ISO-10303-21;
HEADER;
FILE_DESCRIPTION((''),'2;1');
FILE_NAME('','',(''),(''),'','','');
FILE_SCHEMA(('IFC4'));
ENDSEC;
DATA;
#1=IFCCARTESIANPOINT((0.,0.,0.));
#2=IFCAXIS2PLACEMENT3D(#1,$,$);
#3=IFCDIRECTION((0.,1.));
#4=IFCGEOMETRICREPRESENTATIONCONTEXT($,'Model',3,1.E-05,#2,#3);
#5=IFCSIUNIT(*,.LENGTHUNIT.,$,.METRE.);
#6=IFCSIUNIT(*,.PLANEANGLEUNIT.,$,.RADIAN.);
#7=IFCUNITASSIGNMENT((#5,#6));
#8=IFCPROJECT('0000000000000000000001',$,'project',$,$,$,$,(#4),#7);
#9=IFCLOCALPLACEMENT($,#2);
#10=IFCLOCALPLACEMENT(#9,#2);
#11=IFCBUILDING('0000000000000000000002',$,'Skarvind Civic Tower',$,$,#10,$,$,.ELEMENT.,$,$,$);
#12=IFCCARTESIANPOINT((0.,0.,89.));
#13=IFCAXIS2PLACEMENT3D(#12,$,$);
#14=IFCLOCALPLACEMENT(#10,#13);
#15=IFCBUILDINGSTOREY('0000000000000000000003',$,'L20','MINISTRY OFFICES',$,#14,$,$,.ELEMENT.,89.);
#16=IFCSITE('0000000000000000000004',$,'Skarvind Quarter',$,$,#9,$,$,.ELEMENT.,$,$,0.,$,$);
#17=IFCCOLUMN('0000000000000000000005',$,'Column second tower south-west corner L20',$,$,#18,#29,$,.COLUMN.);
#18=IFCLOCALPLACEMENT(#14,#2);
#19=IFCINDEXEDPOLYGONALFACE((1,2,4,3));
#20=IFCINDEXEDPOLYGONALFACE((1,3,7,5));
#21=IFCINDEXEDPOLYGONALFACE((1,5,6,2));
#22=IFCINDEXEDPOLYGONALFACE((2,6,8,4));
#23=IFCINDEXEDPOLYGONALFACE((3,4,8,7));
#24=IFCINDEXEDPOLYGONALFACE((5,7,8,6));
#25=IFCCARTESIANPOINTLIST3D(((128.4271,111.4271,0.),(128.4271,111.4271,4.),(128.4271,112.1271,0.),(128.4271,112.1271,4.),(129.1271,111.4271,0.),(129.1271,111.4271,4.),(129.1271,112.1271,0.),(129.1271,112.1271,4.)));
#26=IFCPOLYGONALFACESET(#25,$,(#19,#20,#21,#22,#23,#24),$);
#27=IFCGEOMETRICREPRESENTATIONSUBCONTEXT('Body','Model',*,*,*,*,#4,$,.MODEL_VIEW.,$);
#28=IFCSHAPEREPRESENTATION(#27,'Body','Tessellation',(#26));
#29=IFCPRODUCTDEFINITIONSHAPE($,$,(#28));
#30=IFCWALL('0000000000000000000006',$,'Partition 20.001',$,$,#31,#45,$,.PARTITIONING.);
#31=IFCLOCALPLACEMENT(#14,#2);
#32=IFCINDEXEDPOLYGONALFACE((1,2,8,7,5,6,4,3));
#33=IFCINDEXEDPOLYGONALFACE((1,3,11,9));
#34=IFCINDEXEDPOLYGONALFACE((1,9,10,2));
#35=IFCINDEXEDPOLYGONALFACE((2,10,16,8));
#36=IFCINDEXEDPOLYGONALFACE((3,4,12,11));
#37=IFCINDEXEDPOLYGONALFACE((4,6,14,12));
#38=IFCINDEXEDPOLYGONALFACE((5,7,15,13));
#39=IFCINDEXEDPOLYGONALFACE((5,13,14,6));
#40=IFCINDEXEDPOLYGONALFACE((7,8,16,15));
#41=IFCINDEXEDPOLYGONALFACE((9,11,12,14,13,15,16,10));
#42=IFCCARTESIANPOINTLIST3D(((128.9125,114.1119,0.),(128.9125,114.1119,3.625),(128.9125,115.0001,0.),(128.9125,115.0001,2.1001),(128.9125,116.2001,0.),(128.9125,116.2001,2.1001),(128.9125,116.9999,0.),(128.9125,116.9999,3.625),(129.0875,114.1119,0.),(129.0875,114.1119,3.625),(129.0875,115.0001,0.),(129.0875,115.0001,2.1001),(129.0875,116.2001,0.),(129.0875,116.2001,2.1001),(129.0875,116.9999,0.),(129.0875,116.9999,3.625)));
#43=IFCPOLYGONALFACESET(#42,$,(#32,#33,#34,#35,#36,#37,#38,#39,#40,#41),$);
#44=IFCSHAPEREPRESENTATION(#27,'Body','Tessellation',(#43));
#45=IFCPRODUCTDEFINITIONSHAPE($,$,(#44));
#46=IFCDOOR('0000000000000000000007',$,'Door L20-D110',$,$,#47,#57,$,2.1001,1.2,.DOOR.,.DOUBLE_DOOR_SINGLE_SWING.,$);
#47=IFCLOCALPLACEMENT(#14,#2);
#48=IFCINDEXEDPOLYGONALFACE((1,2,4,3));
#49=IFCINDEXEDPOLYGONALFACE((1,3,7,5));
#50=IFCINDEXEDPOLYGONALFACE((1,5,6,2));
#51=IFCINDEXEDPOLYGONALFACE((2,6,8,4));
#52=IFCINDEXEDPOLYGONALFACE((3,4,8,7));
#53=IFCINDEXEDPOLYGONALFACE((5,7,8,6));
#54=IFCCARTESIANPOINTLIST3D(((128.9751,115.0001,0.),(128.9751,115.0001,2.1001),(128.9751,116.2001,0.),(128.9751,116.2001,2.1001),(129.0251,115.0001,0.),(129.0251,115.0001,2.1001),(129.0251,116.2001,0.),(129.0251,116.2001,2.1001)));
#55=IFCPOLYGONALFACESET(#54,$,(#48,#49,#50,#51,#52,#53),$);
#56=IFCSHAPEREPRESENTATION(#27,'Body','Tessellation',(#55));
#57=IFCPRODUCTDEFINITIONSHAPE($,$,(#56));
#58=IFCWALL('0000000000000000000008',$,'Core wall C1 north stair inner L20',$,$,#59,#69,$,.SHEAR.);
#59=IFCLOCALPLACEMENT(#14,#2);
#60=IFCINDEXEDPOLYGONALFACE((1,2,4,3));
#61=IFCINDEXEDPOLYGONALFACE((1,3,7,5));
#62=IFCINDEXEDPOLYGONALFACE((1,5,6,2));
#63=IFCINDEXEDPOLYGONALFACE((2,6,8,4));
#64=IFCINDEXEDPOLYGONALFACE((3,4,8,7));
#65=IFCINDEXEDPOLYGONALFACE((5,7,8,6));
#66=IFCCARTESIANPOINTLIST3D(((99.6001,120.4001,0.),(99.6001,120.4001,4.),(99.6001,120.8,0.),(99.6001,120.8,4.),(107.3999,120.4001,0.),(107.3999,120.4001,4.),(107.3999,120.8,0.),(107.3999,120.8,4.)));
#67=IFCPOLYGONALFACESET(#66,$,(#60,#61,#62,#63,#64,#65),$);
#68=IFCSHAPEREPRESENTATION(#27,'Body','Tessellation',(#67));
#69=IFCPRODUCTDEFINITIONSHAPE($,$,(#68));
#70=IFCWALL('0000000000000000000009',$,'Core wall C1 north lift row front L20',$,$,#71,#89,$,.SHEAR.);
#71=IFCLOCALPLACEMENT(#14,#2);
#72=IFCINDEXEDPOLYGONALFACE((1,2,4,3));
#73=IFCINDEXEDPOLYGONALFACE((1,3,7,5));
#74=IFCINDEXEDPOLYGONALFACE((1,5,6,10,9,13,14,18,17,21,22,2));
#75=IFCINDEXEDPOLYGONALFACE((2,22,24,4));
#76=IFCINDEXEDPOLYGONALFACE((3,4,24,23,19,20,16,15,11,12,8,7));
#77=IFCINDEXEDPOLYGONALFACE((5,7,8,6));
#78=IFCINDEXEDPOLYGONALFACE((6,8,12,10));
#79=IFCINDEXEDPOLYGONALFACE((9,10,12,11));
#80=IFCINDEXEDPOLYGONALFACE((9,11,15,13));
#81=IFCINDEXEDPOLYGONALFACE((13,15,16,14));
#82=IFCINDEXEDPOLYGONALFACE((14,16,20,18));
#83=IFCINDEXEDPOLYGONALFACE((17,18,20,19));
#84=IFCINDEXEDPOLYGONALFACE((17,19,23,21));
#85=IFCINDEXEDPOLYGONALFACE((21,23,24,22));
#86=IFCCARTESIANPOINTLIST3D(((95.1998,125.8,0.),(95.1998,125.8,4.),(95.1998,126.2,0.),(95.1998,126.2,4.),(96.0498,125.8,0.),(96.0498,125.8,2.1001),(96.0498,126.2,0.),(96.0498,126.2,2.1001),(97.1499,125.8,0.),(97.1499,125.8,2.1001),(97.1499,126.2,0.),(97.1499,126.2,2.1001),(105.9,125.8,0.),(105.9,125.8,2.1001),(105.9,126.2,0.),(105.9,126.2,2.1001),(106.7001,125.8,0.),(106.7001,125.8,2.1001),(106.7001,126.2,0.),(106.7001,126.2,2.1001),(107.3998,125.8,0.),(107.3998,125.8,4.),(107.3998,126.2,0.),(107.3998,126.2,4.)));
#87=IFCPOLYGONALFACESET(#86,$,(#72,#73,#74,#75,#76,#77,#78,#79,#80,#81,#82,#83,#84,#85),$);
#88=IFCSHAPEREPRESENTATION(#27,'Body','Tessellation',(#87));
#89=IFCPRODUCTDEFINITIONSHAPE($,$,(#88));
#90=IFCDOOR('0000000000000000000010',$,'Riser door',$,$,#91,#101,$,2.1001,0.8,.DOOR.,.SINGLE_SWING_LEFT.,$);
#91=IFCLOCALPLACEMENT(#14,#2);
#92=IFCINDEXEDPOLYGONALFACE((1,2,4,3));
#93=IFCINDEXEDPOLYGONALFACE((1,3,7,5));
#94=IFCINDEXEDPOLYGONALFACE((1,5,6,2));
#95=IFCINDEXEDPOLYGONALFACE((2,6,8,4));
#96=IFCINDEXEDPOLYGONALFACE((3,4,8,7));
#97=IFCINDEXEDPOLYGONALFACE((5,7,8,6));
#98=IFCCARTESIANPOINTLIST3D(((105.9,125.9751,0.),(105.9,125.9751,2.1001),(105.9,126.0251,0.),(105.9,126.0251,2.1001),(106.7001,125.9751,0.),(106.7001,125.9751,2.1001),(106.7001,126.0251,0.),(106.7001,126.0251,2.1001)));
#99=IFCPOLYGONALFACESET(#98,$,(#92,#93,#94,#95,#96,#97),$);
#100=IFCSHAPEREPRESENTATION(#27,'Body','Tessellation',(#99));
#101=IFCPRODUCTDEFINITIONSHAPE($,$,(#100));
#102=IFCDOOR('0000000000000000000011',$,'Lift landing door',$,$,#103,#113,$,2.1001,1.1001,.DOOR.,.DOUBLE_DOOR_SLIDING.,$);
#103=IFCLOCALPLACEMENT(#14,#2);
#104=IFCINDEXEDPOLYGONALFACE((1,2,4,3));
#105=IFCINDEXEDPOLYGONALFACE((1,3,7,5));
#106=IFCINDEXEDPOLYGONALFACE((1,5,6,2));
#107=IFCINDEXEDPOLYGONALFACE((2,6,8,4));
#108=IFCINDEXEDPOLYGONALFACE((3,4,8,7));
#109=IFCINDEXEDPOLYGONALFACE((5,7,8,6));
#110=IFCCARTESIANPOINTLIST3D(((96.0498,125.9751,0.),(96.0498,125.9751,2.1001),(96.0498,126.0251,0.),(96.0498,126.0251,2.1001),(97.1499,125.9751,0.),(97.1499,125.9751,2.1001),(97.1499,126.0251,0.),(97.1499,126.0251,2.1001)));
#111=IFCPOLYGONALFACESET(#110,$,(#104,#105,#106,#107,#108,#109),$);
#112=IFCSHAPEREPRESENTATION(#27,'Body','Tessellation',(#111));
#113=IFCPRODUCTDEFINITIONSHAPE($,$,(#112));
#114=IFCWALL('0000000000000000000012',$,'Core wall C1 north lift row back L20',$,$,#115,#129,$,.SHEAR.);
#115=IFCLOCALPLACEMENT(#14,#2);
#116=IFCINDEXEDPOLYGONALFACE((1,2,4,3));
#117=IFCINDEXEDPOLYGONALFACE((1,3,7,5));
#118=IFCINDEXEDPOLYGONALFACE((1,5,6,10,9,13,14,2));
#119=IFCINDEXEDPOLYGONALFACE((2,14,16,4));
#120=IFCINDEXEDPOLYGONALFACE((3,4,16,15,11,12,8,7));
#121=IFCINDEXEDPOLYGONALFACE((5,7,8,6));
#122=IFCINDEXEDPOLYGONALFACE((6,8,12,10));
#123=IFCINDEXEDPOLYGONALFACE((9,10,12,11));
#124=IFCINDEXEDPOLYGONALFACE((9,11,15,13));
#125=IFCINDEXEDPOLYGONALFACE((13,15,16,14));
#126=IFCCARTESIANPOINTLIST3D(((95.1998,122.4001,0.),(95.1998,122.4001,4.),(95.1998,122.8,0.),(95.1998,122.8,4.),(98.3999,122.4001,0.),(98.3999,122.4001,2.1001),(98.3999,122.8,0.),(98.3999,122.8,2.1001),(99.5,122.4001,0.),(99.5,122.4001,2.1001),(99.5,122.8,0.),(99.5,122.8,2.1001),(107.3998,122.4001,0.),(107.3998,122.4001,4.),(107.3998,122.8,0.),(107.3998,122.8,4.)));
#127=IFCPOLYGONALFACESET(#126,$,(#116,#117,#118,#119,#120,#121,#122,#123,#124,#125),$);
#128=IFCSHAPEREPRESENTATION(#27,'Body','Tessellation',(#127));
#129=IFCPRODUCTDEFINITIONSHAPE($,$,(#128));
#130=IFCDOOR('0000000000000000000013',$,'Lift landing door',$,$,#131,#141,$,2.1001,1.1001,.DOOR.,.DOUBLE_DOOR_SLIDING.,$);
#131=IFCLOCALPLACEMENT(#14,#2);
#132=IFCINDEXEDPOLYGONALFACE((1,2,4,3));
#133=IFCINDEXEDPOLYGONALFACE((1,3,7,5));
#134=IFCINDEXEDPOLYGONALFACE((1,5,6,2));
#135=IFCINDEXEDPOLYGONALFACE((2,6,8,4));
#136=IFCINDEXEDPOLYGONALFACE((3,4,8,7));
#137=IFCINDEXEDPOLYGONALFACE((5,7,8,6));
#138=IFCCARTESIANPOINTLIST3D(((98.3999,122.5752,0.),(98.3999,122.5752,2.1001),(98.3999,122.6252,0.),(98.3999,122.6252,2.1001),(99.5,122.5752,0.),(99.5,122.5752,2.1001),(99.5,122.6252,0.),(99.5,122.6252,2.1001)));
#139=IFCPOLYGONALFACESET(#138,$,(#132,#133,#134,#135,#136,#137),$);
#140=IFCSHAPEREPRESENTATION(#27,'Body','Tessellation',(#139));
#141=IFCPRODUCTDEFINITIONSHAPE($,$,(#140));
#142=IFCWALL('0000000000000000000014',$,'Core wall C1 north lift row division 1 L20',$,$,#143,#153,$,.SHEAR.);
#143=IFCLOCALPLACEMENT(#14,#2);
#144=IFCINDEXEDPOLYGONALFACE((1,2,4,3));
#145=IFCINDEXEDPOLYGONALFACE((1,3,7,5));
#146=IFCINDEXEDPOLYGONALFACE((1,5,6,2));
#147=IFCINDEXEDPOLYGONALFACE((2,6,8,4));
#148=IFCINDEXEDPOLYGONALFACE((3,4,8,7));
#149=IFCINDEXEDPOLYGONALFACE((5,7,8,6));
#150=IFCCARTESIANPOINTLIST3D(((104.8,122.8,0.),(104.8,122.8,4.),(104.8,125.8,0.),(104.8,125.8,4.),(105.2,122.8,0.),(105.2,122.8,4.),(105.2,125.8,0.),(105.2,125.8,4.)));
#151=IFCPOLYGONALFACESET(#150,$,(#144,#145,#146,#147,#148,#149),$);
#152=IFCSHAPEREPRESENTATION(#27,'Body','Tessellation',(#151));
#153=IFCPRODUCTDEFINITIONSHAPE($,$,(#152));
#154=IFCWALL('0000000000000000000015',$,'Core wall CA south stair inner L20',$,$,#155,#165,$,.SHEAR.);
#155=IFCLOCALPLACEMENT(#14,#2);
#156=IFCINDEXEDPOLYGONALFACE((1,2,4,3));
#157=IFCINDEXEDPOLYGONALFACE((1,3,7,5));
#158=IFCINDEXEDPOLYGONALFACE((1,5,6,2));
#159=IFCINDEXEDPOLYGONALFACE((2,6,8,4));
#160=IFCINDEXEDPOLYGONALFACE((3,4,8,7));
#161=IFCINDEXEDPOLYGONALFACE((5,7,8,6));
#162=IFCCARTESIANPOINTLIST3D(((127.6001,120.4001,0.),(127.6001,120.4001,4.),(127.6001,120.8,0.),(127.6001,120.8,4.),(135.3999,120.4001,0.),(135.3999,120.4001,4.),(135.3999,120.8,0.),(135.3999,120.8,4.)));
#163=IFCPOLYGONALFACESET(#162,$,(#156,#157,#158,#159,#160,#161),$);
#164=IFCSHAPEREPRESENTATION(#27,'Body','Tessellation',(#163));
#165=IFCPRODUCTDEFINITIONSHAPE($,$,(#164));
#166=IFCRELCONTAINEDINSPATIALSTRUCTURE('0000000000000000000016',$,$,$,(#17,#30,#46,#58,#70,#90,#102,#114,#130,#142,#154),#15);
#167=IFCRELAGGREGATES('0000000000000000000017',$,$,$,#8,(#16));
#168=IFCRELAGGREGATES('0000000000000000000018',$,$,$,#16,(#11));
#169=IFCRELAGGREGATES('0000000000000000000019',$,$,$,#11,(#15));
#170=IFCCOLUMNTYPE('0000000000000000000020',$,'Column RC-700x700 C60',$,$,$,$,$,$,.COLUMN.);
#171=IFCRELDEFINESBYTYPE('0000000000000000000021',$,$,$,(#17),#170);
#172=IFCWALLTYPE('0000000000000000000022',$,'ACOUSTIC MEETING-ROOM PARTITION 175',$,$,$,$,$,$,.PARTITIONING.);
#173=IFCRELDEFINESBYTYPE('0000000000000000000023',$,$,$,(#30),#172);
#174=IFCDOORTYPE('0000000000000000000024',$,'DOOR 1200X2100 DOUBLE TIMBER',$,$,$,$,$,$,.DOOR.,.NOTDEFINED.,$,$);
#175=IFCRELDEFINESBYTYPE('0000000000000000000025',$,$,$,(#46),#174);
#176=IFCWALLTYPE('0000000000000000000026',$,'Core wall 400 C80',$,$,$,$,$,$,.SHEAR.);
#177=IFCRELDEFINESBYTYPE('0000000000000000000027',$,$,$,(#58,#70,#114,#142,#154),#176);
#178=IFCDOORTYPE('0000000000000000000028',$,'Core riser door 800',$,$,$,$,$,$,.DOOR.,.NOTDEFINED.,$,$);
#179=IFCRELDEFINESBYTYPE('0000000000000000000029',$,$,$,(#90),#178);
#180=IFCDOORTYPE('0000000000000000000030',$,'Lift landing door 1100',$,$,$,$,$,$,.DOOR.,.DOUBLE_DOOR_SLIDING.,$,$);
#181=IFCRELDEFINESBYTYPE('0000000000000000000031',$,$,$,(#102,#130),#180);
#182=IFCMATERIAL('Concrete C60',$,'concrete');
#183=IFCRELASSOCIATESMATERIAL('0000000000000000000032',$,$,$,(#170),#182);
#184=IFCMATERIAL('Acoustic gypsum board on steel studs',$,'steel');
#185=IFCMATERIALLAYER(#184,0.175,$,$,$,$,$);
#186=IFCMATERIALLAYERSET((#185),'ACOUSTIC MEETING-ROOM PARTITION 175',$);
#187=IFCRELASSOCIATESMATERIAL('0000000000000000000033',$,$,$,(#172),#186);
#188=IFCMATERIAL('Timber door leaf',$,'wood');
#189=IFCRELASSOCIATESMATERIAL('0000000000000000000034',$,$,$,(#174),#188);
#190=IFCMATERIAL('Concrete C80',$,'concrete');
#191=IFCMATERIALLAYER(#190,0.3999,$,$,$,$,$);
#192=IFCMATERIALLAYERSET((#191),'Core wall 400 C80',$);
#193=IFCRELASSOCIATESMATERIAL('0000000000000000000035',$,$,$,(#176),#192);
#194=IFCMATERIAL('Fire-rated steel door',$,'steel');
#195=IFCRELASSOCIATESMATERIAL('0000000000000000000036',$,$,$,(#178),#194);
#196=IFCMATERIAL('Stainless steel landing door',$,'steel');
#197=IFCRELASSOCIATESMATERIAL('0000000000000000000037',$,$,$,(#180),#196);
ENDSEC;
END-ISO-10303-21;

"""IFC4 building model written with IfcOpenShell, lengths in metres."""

from ifc_helpers import new_model, si_unit, direction, frame, frame_2d, origin, origin_2d, place, context, subcontext, project, spatial, rectangle, extrude, material, layer, layer_set, material_profile, profile_set, type_object, element, fill, save


model = new_model("IFC4")

# Units and contexts
model_context = context("Model", 3, precision=1e-05, world=origin(), true_north=direction((0.0, 1.0)))
body_context = subcontext(model_context, "Body", "Model", "MODEL_VIEW")
ifc_project = project(units=[si_unit("LENGTHUNIT", "METRE"), si_unit("PLANEANGLEUNIT", "RADIAN")], contexts=[model_context])

# Site, building, storey
site_placement = place(None, origin())
site = spatial("IfcSite", under=ifc_project, at=site_placement, Name="Skarvind Quarter", CompositionType="ELEMENT", RefElevation=0.0)
building_placement = place(site_placement, origin())
building = spatial("IfcBuilding", under=site, at=building_placement, Name="Skarvind Civic Tower", CompositionType="ELEMENT")
storey_placement = place(building_placement, frame((0.0, 0.0, 89.0)))
storey = spatial("IfcBuildingStorey", under=building, at=storey_placement, Name="L20", Description="MINISTRY OFFICES", CompositionType="ELEMENT", Elevation=89.0)

# Column
ifc_material_1 = material(Name="Concrete C60", Category="concrete")
ifc_material_profile = material_profile(ifc_material_1, rectangle(XDim=0.7, YDim=0.7, at=origin_2d()), Name="RC-700x700")
ifc_profile_set = profile_set([ifc_material_profile], Name="Concrete C60")
column_type = type_object("IfcColumnType", Name="Column RC-700x700 C60", PredefinedType="COLUMN", material=ifc_profile_set)
column_placement = place(storey_placement, frame((128.7771, 111.7771, 0.0), z_axis=(0.0, 0.0, 1.0), x_axis=(1.0, 0.0, 0.0)))
element("IfcColumn", 1, at=column_placement, inside=storey, type_object=column_type, Name="Column second tower south-west corner L20", PredefinedType="COLUMN", context=body_context, shape_type="SweptSolid", body=[
    extrude(rectangle(XDim=0.7, YDim=0.7, at=origin_2d()), origin(), (0.0, 0.0, 1.0), 4.0),
])

# Wall, opening, door
ifc_material_2 = material(Name="Acoustic gypsum board on steel studs", Category="steel")
ifc_layer_1 = layer(ifc_material_2, 0.175)
ifc_layer_set_1 = layer_set([ifc_layer_1], Name="ACOUSTIC MEETING-ROOM PARTITION 175")
wall_type_1 = type_object("IfcWallType", Name="ACOUSTIC MEETING-ROOM PARTITION 175", PredefinedType="PARTITIONING", material=ifc_layer_set_1)
wall_1_placement = place(storey_placement, frame((129.0, 114.1121, 0.0), z_axis=(0.0, 0.0, 1.0), x_axis=(0.0, 1.0, 0.0)))
wall_1 = element("IfcWall", 2, at=wall_1_placement, inside=storey, type_object=wall_type_1, Name="Partition 20.001", PredefinedType="PARTITIONING", context=body_context, shape_type="SweptSolid", body=[
    extrude(rectangle(XDim=2.8879, YDim=0.175, at=frame_2d((1.4438, 0.0))), origin(), (0.0, 0.0, 1.0), 3.625),
])
opening_1_placement = place(wall_1_placement, frame((0.8879, 0.0, 0.0)))
opening_1 = element("IfcOpeningElement", 3, at=opening_1_placement, cuts=wall_1, PredefinedType="OPENING", context=body_context, shape_type="SweptSolid", body=[
    extrude(rectangle(XDim=1.2, YDim=2.1001, at=frame_2d((0.6001, 1.05))), frame((0.0, 0.0974, 0.0), z_axis=(0.0, -1.0, 0.0), x_axis=(1.0, 0.0, 0.0)), (0.0, 0.0, 1.0), 0.1951),
])
ifc_material_3 = material(Name="Timber door leaf", Category="wood")
door_type_1 = type_object("IfcDoorType", Name="DOOR 1200X2100 DOUBLE TIMBER", OperationType="NOTDEFINED", PredefinedType="DOOR", material=ifc_material_3)
door_1_placement = place(opening_1_placement, origin())
door_1 = element("IfcDoor", 4, at=door_1_placement, inside=storey, type_object=door_type_1, Name="Door L20-D110", OperationType="DOUBLE_DOOR_SINGLE_SWING", OverallHeight=2.1001, OverallWidth=1.2, PredefinedType="DOOR", context=body_context, shape_type="SweptSolid", body=[
    extrude(rectangle(XDim=1.2, YDim=2.1001, at=frame_2d((0.6001, 1.05))), frame((0.0, 0.0249, 0.0), z_axis=(0.0, -1.0, 0.0), x_axis=(1.0, 0.0, 0.0)), (0.0, 0.0, 1.0), 0.05),
])
fill(opening_1, door_1)

# Wall
ifc_material_4 = material(Name="Concrete C80", Category="concrete")
ifc_layer_2 = layer(ifc_material_4, 0.3999)
ifc_layer_set_2 = layer_set([ifc_layer_2], Name="Core wall 400 C80")
wall_type_2 = type_object("IfcWallType", Name="Core wall 400 C80", PredefinedType="SHEAR", material=ifc_layer_set_2)
wall_2_placement = place(storey_placement, frame((107.3999, 120.6001, 0.0), z_axis=(0.0, 0.0, 1.0), x_axis=(-1.0, 0.0, 0.0)))
element("IfcWall", 5, at=wall_2_placement, inside=storey, type_object=wall_type_2, Name="Core wall C1 north stair inner L20", PredefinedType="SHEAR", context=body_context, shape_type="SweptSolid", body=[
    extrude(rectangle(XDim=7.7998, YDim=0.3999, at=frame_2d((3.8999, 0.0))), origin(), (0.0, 0.0, 1.0), 4.0),
])

# Wall, openings, doors
wall_3_placement = place(storey_placement, frame((107.3999, 126.0, 0.0), z_axis=(0.0, 0.0, 1.0), x_axis=(-1.0, 0.0, 0.0)))
wall_3 = element("IfcWall", 6, at=wall_3_placement, inside=storey, type_object=wall_type_2, Name="Core wall C1 north lift row front L20", PredefinedType="SHEAR", context=body_context, shape_type="SweptSolid", body=[
    extrude(rectangle(XDim=12.2, YDim=0.3999, at=frame_2d((6.1001, 0.0))), origin(), (0.0, 0.0, 1.0), 4.0),
])
opening_2_placement = place(wall_3_placement, frame((10.25, 0.0, 0.0)))
opening_2 = element("IfcOpeningElement", 7, at=opening_2_placement, cuts=wall_3, PredefinedType="OPENING", context=body_context, shape_type="SweptSolid", body=[
    extrude(rectangle(XDim=1.1001, YDim=2.1001, at=frame_2d((0.55, 1.05))), frame((0.0, 0.21, 0.0), z_axis=(0.0, -1.0, 0.0), x_axis=(1.0, 0.0, 0.0)), (0.0, 0.0, 1.0), 0.4199),
])
opening_3_placement = place(wall_3_placement, frame((0.7, 0.0, 0.0)))
opening_3 = element("IfcOpeningElement", 8, at=opening_3_placement, cuts=wall_3, PredefinedType="OPENING", context=body_context, shape_type="SweptSolid", body=[
    extrude(rectangle(XDim=0.8, YDim=2.1001, at=frame_2d((0.3999, 1.05))), frame((0.0, 0.21, 0.0), z_axis=(0.0, -1.0, 0.0), x_axis=(1.0, 0.0, 0.0)), (0.0, 0.0, 1.0), 0.4199),
])
ifc_material_5 = material(Name="Fire-rated steel door", Category="steel")
door_type_2 = type_object("IfcDoorType", Name="Core riser door 800", OperationType="NOTDEFINED", PredefinedType="DOOR", material=ifc_material_5)
door_2_placement = place(opening_3_placement, origin())
door_2 = element("IfcDoor", 9, at=door_2_placement, inside=storey, type_object=door_type_2, Name="Riser door", OperationType="SINGLE_SWING_LEFT", OverallHeight=2.1001, OverallWidth=0.8, PredefinedType="DOOR", context=body_context, shape_type="SweptSolid", body=[
    extrude(rectangle(XDim=0.8, YDim=2.1001, at=frame_2d((0.3999, 1.05))), frame((0.0, 0.0249, 0.0), z_axis=(0.0, -1.0, 0.0), x_axis=(1.0, 0.0, 0.0)), (0.0, 0.0, 1.0), 0.05),
])
fill(opening_3, door_2)
ifc_material_6 = material(Name="Stainless steel landing door", Category="steel")
door_type_3 = type_object("IfcDoorType", Name="Lift landing door 1100", OperationType="DOUBLE_DOOR_SLIDING", PredefinedType="DOOR", material=ifc_material_6)
door_3_placement = place(opening_2_placement, origin())
door_3 = element("IfcDoor", 10, at=door_3_placement, inside=storey, type_object=door_type_3, Name="Lift landing door", OperationType="DOUBLE_DOOR_SLIDING", OverallHeight=2.1001, OverallWidth=1.1001, PredefinedType="DOOR", context=body_context, shape_type="SweptSolid", body=[
    extrude(rectangle(XDim=1.1001, YDim=2.1001, at=frame_2d((0.55, 1.05))), frame((0.0, 0.0249, 0.0), z_axis=(0.0, -1.0, 0.0), x_axis=(1.0, 0.0, 0.0)), (0.0, 0.0, 1.0), 0.05),
])
fill(opening_2, door_3)

# Wall, opening, door
wall_4_placement = place(storey_placement, frame((107.3999, 122.6001, 0.0), z_axis=(0.0, 0.0, 1.0), x_axis=(-1.0, 0.0, 0.0)))
wall_4 = element("IfcWall", 11, at=wall_4_placement, inside=storey, type_object=wall_type_2, Name="Core wall C1 north lift row back L20", PredefinedType="SHEAR", context=body_context, shape_type="SweptSolid", body=[
    extrude(rectangle(XDim=12.2, YDim=0.3999, at=frame_2d((6.1001, 0.0))), origin(), (0.0, 0.0, 1.0), 4.0),
])
opening_4_placement = place(wall_4_placement, frame((7.8999, 0.0, 0.0)))
opening_4 = element("IfcOpeningElement", 12, at=opening_4_placement, cuts=wall_4, PredefinedType="OPENING", context=body_context, shape_type="SweptSolid", body=[
    extrude(rectangle(XDim=1.1001, YDim=2.1001, at=frame_2d((0.55, 1.05))), frame((0.0, 0.21, 0.0), z_axis=(0.0, -1.0, 0.0), x_axis=(1.0, 0.0, 0.0)), (0.0, 0.0, 1.0), 0.4199),
])
door_4_placement = place(opening_4_placement, origin())
door_4 = element("IfcDoor", 13, at=door_4_placement, inside=storey, type_object=door_type_3, Name="Lift landing door", OperationType="DOUBLE_DOOR_SLIDING", OverallHeight=2.1001, OverallWidth=1.1001, PredefinedType="DOOR", context=body_context, shape_type="SweptSolid", body=[
    extrude(rectangle(XDim=1.1001, YDim=2.1001, at=frame_2d((0.55, 1.05))), frame((0.0, 0.0249, 0.0), z_axis=(0.0, -1.0, 0.0), x_axis=(1.0, 0.0, 0.0)), (0.0, 0.0, 1.0), 0.05),
])
fill(opening_4, door_4)

# Walls
wall_5_placement = place(storey_placement, frame((105.0, 125.8, 0.0), z_axis=(0.0, 0.0, 1.0), x_axis=(0.0, -1.0, 0.0)))
element("IfcWall", 14, at=wall_5_placement, inside=storey, type_object=wall_type_2, Name="Core wall C1 north lift row division 1 L20", PredefinedType="SHEAR", context=body_context, shape_type="SweptSolid", body=[
    extrude(rectangle(XDim=3.0, YDim=0.3999, at=frame_2d((1.5, 0.0))), origin(), (0.0, 0.0, 1.0), 4.0),
])
wall_6_placement = place(storey_placement, frame((127.6001, 120.6001, 0.0), z_axis=(0.0, 0.0, 1.0), x_axis=(1.0, 0.0, 0.0)))
element("IfcWall", 15, at=wall_6_placement, inside=storey, type_object=wall_type_2, Name="Core wall CA south stair inner L20", PredefinedType="SHEAR", context=body_context, shape_type="SweptSolid", body=[
    extrude(rectangle(XDim=7.7998, YDim=0.3999, at=frame_2d((3.8999, 0.0))), origin(), (0.0, 0.0, 1.0), 4.0),
])

save(model, "model.ifc")
